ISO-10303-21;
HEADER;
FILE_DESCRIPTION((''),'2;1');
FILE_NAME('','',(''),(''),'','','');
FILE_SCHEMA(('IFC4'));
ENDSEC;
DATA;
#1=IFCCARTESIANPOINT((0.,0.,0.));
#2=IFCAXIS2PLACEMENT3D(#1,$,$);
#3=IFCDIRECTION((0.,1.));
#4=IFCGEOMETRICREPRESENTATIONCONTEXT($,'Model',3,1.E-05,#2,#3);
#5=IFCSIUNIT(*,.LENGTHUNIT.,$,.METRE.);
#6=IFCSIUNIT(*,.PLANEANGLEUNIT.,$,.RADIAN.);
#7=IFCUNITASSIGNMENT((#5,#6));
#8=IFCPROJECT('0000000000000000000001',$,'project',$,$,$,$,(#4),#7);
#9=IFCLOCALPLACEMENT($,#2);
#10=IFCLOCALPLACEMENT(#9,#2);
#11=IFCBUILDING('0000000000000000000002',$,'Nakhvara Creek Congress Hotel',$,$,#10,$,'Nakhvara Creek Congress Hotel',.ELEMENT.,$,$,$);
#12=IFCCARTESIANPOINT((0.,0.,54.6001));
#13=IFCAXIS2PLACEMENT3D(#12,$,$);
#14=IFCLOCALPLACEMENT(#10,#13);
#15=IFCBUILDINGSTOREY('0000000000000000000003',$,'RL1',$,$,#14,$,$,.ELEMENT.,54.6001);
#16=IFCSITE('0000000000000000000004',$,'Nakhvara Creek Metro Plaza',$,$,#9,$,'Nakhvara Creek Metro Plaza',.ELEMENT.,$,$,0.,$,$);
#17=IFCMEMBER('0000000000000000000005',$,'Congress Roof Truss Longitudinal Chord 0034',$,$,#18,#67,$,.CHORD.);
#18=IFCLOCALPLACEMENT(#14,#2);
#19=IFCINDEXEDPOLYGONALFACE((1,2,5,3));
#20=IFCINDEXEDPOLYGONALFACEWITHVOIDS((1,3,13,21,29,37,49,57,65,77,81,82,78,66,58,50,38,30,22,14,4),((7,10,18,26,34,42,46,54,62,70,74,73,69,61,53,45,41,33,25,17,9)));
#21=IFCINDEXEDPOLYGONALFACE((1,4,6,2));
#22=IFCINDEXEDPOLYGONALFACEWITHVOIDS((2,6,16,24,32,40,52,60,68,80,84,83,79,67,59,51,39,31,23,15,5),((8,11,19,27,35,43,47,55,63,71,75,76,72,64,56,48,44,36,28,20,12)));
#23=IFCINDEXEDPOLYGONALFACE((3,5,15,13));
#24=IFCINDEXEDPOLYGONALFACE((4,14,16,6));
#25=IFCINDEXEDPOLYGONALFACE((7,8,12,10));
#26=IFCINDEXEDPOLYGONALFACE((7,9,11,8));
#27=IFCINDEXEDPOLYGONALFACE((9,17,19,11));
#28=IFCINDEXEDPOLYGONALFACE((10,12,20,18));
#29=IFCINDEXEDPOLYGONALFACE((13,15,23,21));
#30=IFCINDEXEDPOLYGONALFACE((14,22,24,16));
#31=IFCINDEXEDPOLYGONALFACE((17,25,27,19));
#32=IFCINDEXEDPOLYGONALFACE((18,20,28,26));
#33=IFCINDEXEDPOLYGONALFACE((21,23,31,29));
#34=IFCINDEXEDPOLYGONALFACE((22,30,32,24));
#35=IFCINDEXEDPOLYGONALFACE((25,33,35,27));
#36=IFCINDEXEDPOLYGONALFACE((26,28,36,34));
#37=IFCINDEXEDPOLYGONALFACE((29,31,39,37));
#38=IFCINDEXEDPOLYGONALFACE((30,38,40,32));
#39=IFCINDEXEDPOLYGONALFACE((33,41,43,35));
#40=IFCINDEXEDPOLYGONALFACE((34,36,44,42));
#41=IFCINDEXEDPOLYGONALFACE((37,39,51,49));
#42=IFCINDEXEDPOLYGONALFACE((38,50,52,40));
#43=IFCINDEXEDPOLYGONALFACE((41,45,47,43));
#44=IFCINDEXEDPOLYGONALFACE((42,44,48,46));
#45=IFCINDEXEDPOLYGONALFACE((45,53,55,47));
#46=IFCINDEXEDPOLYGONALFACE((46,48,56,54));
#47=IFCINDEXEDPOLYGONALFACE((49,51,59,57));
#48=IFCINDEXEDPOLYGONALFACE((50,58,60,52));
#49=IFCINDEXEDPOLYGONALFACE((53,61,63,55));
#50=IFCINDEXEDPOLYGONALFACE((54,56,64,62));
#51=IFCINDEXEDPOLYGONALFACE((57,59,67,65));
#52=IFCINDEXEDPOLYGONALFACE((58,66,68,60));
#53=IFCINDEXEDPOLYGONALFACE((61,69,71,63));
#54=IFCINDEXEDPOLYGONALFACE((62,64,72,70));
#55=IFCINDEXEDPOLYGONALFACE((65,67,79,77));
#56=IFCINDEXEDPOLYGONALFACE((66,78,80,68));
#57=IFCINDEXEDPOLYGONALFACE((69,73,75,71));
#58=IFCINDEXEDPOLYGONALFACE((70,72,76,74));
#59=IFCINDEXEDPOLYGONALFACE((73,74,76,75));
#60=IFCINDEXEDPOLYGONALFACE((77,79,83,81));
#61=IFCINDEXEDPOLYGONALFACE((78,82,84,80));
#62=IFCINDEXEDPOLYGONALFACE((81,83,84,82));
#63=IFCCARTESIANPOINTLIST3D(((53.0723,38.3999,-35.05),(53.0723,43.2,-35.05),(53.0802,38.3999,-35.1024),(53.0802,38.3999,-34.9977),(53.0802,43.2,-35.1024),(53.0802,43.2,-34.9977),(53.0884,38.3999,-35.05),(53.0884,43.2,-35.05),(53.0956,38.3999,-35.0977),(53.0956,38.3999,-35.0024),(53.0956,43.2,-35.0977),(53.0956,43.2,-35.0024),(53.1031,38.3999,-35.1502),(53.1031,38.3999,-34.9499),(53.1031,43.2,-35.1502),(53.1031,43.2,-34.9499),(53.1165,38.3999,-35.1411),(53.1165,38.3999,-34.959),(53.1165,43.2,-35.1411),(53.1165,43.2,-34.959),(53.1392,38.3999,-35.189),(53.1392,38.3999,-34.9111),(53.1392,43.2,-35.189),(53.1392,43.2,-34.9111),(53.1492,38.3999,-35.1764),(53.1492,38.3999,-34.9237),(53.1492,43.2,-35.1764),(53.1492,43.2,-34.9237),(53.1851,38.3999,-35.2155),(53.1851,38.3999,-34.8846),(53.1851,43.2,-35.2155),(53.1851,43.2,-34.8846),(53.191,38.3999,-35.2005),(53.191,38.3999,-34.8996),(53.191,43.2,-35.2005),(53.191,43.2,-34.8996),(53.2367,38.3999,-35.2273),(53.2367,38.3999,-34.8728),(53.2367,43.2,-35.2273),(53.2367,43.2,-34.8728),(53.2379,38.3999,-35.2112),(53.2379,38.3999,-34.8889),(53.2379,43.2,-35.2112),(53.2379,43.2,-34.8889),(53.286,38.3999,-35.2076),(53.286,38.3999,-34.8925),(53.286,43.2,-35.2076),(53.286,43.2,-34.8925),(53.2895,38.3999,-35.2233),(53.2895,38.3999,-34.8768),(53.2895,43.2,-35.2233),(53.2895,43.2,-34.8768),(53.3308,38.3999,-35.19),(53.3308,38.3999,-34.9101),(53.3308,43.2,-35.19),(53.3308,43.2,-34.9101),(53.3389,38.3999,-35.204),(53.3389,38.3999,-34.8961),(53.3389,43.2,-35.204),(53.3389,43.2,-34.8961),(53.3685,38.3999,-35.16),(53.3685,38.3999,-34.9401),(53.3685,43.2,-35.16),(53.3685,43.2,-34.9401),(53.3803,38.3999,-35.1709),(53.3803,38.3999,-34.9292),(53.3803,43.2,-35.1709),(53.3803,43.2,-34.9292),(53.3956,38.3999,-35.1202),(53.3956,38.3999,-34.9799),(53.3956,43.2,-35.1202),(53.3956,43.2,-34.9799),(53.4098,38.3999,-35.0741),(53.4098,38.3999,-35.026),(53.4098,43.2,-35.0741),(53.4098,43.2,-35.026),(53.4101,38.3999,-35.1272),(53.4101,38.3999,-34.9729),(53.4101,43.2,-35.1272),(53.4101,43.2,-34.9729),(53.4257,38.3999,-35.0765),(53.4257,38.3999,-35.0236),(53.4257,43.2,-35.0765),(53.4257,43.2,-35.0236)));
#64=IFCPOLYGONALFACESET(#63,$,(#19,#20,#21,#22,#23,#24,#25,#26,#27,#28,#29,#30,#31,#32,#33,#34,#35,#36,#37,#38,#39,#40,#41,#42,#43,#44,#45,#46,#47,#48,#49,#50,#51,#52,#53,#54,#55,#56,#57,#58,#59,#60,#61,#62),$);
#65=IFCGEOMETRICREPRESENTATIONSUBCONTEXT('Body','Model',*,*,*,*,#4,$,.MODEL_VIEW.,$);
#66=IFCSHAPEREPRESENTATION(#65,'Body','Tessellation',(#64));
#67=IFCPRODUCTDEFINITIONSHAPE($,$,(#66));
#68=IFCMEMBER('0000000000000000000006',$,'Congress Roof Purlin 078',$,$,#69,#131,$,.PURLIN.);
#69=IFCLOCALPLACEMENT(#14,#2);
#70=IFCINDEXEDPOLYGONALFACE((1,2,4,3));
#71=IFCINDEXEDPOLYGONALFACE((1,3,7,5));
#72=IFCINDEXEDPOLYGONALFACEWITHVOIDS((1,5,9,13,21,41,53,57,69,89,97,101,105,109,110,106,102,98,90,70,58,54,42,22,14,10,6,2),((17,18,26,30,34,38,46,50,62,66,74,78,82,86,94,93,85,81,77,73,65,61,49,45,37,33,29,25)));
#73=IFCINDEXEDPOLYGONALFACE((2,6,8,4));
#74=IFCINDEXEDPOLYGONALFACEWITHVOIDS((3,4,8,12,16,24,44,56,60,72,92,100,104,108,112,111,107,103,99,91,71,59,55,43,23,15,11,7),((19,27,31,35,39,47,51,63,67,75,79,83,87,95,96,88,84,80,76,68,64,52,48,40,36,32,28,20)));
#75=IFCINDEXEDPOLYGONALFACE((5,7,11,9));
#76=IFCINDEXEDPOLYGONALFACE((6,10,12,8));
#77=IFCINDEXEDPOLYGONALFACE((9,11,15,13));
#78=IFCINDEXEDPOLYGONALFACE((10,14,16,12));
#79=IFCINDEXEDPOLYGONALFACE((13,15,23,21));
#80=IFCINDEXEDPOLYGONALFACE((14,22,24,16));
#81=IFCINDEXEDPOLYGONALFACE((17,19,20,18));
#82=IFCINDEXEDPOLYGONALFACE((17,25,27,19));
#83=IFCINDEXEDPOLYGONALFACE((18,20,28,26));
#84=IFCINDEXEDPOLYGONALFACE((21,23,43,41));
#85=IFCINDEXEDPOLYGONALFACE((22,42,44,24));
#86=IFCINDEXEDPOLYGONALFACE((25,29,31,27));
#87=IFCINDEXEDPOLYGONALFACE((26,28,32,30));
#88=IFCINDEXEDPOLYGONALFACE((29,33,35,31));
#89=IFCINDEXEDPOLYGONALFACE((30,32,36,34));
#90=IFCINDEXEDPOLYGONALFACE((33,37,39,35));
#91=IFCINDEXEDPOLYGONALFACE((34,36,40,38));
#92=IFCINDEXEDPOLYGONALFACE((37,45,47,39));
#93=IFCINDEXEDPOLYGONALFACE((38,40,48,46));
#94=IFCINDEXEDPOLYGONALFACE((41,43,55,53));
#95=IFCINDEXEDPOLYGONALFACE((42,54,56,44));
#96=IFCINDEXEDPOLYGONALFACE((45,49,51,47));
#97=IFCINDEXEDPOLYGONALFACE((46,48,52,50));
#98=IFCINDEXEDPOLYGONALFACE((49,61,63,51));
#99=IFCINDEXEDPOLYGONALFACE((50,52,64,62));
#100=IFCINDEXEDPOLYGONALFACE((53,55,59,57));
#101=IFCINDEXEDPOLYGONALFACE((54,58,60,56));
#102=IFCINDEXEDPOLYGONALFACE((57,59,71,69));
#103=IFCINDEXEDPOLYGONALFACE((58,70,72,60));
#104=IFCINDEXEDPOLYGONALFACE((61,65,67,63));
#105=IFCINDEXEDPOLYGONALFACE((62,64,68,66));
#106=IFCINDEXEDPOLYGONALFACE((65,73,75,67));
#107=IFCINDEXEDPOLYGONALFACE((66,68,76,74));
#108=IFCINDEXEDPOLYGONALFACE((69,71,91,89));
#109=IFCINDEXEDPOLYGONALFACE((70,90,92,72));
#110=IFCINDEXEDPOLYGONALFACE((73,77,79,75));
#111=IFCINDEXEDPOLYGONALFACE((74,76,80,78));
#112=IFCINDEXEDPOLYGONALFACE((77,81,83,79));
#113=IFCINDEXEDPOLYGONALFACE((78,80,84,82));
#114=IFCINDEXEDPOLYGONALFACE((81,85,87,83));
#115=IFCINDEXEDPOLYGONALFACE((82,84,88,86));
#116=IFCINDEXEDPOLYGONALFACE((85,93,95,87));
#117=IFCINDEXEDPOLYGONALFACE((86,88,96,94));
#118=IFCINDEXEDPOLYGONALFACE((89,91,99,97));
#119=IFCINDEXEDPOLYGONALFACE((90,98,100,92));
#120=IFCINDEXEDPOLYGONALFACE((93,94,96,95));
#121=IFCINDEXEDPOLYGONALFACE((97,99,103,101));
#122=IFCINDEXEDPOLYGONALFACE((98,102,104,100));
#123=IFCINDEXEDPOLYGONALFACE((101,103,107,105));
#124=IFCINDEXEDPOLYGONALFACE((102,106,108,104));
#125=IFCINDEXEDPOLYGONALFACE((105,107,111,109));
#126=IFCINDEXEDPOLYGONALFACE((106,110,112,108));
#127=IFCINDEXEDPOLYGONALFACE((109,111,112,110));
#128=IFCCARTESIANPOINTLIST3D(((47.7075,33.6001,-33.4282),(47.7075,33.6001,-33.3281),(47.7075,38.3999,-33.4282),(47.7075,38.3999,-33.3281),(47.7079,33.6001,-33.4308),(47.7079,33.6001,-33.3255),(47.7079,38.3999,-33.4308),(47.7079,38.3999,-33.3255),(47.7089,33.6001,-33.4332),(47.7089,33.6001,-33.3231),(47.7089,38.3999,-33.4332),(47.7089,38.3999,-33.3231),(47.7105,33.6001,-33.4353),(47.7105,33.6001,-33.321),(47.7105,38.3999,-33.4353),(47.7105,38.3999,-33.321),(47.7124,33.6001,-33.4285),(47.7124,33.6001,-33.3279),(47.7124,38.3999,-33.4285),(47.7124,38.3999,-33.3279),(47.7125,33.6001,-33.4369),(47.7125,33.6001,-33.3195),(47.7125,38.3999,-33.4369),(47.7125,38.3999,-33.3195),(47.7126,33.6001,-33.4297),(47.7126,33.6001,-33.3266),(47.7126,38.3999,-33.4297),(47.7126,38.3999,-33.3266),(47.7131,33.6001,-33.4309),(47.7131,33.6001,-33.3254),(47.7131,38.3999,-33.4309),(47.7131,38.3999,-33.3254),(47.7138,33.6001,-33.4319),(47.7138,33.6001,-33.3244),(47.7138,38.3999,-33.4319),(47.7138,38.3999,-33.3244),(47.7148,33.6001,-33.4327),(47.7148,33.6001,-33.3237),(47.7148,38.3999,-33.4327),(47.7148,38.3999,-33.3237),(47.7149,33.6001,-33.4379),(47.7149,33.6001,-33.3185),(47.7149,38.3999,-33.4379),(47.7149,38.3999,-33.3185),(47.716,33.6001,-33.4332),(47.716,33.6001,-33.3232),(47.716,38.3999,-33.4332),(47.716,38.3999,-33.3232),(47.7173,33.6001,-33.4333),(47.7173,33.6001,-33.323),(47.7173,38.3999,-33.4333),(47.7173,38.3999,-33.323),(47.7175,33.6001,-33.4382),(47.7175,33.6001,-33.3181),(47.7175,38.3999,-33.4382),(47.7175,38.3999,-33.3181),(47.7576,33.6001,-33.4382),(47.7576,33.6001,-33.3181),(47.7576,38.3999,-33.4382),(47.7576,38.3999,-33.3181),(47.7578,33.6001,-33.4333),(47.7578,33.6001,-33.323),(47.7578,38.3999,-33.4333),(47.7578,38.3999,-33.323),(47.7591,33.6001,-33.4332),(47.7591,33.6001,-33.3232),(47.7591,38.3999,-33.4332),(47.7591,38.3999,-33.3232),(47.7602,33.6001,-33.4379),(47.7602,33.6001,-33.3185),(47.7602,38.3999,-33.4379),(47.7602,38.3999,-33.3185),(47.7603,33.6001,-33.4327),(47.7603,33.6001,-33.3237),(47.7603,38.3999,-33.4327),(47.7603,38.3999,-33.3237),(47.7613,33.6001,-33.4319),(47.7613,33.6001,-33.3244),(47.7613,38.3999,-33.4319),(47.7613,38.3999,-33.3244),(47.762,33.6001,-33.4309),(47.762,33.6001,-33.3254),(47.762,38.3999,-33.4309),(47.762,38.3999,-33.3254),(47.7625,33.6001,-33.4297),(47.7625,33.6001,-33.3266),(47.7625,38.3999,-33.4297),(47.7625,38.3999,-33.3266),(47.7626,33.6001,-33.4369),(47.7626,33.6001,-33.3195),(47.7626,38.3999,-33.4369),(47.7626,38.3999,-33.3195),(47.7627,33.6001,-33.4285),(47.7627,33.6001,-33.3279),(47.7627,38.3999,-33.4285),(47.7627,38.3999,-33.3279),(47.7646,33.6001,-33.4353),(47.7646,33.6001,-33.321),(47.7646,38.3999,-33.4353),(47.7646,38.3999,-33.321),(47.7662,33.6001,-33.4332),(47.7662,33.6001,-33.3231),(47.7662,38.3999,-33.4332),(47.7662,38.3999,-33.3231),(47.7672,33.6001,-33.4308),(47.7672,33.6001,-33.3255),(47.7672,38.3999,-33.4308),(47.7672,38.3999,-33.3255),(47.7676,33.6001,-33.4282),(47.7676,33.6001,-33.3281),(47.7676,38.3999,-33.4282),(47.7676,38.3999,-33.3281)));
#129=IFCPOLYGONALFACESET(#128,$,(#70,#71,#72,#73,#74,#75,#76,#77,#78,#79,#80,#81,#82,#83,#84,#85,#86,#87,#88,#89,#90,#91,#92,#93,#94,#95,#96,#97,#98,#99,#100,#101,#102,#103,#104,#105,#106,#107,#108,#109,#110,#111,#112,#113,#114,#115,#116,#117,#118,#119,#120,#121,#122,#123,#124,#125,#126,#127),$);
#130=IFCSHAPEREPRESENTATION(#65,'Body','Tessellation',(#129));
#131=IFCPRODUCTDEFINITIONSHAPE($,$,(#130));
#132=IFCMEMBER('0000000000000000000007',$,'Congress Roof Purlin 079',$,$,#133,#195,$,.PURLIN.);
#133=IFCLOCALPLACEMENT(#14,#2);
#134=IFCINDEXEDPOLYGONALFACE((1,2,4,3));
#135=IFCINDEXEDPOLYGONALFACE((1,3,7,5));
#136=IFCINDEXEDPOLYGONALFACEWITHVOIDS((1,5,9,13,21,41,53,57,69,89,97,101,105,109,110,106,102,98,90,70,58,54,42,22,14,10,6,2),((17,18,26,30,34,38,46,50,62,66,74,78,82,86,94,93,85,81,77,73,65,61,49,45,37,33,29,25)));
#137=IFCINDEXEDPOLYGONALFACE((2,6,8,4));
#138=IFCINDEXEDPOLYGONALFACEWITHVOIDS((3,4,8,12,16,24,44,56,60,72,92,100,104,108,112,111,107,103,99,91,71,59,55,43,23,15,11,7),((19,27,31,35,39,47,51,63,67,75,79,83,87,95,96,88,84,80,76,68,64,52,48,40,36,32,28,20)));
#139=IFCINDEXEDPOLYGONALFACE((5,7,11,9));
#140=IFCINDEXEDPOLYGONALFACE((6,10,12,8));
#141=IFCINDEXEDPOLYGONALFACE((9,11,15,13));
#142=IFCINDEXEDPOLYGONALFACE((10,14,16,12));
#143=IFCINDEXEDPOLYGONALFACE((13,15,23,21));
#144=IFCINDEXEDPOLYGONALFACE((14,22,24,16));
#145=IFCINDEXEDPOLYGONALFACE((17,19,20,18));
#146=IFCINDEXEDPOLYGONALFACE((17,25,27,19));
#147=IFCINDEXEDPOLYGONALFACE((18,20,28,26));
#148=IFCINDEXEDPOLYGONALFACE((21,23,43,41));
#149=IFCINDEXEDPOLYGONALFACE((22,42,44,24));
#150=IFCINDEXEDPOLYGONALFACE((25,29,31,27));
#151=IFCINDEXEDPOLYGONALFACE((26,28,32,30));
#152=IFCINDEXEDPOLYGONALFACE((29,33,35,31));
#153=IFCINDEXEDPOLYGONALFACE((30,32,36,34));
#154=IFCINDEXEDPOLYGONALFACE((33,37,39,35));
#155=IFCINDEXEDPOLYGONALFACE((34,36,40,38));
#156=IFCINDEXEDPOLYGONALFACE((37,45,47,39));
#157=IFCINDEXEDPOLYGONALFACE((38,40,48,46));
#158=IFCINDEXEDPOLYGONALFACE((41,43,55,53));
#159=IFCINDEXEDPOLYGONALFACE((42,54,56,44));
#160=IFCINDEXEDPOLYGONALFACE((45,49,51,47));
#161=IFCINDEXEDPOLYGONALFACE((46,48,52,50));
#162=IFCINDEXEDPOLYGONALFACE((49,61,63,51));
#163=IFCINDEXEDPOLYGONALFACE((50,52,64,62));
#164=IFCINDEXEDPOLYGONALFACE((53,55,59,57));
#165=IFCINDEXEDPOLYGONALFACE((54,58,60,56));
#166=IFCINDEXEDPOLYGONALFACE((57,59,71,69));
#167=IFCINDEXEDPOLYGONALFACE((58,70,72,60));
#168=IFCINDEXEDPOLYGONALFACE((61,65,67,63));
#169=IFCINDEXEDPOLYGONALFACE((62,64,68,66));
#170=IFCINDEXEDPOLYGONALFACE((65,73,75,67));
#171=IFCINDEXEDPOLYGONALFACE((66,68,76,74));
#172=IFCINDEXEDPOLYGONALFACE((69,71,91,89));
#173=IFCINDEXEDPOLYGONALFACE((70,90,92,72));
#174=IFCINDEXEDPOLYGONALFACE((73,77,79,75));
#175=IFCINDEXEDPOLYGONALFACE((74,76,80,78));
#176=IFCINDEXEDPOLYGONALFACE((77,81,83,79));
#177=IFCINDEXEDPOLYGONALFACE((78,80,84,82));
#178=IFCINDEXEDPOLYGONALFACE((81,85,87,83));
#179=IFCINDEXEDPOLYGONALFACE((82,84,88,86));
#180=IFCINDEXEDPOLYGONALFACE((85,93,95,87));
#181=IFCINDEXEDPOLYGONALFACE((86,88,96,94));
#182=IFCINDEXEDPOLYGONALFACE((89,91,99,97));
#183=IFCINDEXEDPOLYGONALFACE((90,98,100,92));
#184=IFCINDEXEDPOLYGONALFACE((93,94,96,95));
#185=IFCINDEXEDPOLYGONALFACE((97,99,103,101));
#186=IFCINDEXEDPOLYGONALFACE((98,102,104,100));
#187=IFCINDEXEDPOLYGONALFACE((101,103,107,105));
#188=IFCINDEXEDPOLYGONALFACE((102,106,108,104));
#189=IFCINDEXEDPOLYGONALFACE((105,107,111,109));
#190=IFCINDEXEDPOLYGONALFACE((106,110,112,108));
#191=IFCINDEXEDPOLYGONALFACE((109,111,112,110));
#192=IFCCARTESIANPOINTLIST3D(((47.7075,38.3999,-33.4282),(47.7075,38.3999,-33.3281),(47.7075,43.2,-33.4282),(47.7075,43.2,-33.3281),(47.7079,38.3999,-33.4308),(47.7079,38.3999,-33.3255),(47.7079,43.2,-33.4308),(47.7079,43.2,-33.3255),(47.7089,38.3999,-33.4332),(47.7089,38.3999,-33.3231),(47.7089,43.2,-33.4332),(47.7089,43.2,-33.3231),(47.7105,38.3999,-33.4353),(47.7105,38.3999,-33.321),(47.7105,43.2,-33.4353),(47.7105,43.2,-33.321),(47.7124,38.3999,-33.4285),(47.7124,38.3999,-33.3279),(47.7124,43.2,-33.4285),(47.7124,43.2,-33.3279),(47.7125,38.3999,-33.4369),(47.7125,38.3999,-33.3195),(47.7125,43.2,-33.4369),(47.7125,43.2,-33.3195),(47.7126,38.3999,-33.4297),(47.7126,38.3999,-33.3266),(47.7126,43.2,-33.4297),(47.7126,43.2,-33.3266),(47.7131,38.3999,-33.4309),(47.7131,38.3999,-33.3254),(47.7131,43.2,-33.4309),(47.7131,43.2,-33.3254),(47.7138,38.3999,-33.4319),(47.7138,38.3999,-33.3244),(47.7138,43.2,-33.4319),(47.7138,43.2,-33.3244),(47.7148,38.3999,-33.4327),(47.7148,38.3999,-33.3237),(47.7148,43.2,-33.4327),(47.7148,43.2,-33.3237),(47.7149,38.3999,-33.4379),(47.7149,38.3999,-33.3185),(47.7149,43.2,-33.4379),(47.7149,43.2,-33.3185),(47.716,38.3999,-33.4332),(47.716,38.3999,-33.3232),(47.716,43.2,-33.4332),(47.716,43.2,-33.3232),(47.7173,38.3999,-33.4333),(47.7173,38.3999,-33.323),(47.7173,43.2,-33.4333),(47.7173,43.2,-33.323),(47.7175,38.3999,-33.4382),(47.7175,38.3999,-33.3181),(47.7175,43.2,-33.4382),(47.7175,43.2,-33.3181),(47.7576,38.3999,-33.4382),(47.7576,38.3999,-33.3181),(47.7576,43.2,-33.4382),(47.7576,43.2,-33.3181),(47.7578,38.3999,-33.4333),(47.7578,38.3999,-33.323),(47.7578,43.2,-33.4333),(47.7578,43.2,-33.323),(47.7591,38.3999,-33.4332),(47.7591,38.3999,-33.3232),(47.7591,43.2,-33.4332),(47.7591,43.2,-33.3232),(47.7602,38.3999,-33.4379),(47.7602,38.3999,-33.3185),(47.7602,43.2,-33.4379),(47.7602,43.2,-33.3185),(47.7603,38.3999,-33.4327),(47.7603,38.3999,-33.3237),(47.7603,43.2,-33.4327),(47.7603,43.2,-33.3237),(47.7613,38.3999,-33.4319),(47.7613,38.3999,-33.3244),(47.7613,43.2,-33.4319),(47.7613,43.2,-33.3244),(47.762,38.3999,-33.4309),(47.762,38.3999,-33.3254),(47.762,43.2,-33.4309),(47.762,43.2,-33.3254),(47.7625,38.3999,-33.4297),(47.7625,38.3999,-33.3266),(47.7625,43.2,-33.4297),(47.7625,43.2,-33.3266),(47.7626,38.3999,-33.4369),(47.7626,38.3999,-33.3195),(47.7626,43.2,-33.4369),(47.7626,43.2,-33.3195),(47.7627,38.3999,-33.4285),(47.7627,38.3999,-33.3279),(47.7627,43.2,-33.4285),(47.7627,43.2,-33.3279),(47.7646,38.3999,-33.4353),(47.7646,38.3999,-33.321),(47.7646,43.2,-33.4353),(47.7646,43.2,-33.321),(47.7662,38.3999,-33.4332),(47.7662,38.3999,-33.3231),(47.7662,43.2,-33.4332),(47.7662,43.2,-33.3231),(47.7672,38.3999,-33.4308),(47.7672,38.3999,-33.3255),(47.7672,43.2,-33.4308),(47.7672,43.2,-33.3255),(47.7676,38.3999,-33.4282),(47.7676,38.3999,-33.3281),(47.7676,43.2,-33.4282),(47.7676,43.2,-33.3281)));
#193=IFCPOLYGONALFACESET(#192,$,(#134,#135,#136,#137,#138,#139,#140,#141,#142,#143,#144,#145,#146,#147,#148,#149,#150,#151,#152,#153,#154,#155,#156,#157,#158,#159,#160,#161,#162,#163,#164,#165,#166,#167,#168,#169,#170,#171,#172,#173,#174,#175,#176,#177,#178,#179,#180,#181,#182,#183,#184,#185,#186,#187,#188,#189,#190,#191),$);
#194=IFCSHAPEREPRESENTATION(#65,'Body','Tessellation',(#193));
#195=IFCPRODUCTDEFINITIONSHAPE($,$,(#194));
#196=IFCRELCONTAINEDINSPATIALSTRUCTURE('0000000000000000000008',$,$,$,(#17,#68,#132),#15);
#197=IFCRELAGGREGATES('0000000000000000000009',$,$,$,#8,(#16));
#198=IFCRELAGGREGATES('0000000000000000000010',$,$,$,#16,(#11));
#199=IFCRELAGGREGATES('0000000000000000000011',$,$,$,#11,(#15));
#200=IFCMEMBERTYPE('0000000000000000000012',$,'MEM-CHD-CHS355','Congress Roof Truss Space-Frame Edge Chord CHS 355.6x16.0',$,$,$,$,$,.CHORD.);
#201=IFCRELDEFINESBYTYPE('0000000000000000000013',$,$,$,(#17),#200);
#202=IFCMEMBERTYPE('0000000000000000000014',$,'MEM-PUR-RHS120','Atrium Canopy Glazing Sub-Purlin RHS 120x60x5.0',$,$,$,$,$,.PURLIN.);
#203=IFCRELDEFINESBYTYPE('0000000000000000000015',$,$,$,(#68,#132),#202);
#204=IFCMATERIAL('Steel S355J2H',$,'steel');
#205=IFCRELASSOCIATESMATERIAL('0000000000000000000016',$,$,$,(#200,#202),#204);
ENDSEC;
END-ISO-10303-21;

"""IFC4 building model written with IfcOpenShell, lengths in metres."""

from ifc_helpers import new_model, si_unit, direction, frame, origin, origin_2d, place, context, subcontext, project, spatial, hollow_rectangle, hollow_circle, extrude, material, material_profile, profile_set, type_object, element, save


model = new_model("IFC4")

# Units and contexts
model_context = context("Model", 3, precision=1e-05, world=origin(), true_north=direction((0.0, 1.0)))
body_context = subcontext(model_context, "Body", "Model", "MODEL_VIEW")
ifc_project = project(units=[si_unit("LENGTHUNIT", "METRE"), si_unit("PLANEANGLEUNIT", "RADIAN")], contexts=[model_context])

# Site, building, storey
site_placement = place(None, origin())
site = spatial("IfcSite", under=ifc_project, at=site_placement, Name="Nakhvara Creek Metro Plaza", LongName="Nakhvara Creek Metro Plaza", CompositionType="ELEMENT", RefElevation=0.0)
building_placement = place(site_placement, origin())
building = spatial("IfcBuilding", under=site, at=building_placement, Name="Nakhvara Creek Congress Hotel", LongName="Nakhvara Creek Congress Hotel", CompositionType="ELEMENT")
storey_placement = place(building_placement, frame((0.0, 0.0, 54.6001)))
storey = spatial("IfcBuildingStorey", under=building, at=storey_placement, Name="RL1", CompositionType="ELEMENT", Elevation=54.6001)

# Members
ifc_material_1 = material(Name="Steel S355J2H", Category="steel")
ifc_material_profile_1 = material_profile(ifc_material_1, hollow_circle(Radius=0.1777, WallThickness=0.0161, at=origin_2d()), Name="CHS 355.6x16.0", Category="LoadBearing")
ifc_profile_set_1 = profile_set([ifc_material_profile_1], Name="Steel S355J2H")
member_type_1 = type_object("IfcMemberType", Name="MEM-CHD-CHS355", Description="Congress Roof Truss Space-Frame Edge Chord CHS 355.6x16.0", PredefinedType="CHORD", material=ifc_profile_set_1)
for number, where, z_axis, x_axis, name in (
    (1, (53.25, 38.3999, -35.05), (0.0, 1.0, 0.0), (-1.0, 0.0, 0.0), "Congress Roof Truss Longitudinal Chord 0034"),
):
    element("IfcMember", number, at=place(storey_placement, frame(where, z_axis=z_axis, x_axis=x_axis)), inside=storey, type_object=member_type_1, Name=name, PredefinedType="CHORD", context=body_context, shape_type="SweptSolid", body=[
        extrude(hollow_circle(Radius=0.1777, WallThickness=0.0161, at=origin_2d()), origin(), (0.0, 0.0, 1.0), 4.8),
    ])
ifc_material_profile_2 = material_profile(ifc_material_1, hollow_rectangle(XDim=0.0601, YDim=0.1201, WallThickness=0.0049, InnerFilletRadius=0.0049, OuterFilletRadius=0.01, at=origin_2d()), Name="RHS 120x60x5.0", Category="LoadBearing")
ifc_profile_set_2 = profile_set([ifc_material_profile_2], Name="Steel S355J2H")
member_type_2 = type_object("IfcMemberType", Name="MEM-PUR-RHS120", Description="Atrium Canopy Glazing Sub-Purlin RHS 120x60x5.0", PredefinedType="PURLIN", material=ifc_profile_set_2)
member_1_placement = place(storey_placement, frame((47.7375, 33.6001, -33.3782), z_axis=(0.0, 1.0, 0.0), x_axis=(-1.0, 0.0, 0.0)))
element("IfcMember", 2, at=member_1_placement, inside=storey, type_object=member_type_2, Name="Congress Roof Purlin 078", PredefinedType="PURLIN", context=body_context, shape_type="SweptSolid", body=[
    extrude(hollow_rectangle(XDim=0.0601, YDim=0.1201, WallThickness=0.0049, InnerFilletRadius=0.0049, OuterFilletRadius=0.01, at=origin_2d()), origin(), (0.0, 0.0, 1.0), 4.7998),
])
member_2_placement = place(storey_placement, frame((47.7375, 38.3999, -33.3782), z_axis=(0.0, 1.0, 0.0), x_axis=(-1.0, 0.0, 0.0)))
element("IfcMember", 3, at=member_2_placement, inside=storey, type_object=member_type_2, Name="Congress Roof Purlin 079", PredefinedType="PURLIN", context=body_context, shape_type="SweptSolid", body=[
    extrude(hollow_rectangle(XDim=0.0601, YDim=0.1201, WallThickness=0.0049, InnerFilletRadius=0.0049, OuterFilletRadius=0.01, at=origin_2d()), origin(), (0.0, 0.0, 1.0), 4.8),
])

save(model, "model.ifc")
